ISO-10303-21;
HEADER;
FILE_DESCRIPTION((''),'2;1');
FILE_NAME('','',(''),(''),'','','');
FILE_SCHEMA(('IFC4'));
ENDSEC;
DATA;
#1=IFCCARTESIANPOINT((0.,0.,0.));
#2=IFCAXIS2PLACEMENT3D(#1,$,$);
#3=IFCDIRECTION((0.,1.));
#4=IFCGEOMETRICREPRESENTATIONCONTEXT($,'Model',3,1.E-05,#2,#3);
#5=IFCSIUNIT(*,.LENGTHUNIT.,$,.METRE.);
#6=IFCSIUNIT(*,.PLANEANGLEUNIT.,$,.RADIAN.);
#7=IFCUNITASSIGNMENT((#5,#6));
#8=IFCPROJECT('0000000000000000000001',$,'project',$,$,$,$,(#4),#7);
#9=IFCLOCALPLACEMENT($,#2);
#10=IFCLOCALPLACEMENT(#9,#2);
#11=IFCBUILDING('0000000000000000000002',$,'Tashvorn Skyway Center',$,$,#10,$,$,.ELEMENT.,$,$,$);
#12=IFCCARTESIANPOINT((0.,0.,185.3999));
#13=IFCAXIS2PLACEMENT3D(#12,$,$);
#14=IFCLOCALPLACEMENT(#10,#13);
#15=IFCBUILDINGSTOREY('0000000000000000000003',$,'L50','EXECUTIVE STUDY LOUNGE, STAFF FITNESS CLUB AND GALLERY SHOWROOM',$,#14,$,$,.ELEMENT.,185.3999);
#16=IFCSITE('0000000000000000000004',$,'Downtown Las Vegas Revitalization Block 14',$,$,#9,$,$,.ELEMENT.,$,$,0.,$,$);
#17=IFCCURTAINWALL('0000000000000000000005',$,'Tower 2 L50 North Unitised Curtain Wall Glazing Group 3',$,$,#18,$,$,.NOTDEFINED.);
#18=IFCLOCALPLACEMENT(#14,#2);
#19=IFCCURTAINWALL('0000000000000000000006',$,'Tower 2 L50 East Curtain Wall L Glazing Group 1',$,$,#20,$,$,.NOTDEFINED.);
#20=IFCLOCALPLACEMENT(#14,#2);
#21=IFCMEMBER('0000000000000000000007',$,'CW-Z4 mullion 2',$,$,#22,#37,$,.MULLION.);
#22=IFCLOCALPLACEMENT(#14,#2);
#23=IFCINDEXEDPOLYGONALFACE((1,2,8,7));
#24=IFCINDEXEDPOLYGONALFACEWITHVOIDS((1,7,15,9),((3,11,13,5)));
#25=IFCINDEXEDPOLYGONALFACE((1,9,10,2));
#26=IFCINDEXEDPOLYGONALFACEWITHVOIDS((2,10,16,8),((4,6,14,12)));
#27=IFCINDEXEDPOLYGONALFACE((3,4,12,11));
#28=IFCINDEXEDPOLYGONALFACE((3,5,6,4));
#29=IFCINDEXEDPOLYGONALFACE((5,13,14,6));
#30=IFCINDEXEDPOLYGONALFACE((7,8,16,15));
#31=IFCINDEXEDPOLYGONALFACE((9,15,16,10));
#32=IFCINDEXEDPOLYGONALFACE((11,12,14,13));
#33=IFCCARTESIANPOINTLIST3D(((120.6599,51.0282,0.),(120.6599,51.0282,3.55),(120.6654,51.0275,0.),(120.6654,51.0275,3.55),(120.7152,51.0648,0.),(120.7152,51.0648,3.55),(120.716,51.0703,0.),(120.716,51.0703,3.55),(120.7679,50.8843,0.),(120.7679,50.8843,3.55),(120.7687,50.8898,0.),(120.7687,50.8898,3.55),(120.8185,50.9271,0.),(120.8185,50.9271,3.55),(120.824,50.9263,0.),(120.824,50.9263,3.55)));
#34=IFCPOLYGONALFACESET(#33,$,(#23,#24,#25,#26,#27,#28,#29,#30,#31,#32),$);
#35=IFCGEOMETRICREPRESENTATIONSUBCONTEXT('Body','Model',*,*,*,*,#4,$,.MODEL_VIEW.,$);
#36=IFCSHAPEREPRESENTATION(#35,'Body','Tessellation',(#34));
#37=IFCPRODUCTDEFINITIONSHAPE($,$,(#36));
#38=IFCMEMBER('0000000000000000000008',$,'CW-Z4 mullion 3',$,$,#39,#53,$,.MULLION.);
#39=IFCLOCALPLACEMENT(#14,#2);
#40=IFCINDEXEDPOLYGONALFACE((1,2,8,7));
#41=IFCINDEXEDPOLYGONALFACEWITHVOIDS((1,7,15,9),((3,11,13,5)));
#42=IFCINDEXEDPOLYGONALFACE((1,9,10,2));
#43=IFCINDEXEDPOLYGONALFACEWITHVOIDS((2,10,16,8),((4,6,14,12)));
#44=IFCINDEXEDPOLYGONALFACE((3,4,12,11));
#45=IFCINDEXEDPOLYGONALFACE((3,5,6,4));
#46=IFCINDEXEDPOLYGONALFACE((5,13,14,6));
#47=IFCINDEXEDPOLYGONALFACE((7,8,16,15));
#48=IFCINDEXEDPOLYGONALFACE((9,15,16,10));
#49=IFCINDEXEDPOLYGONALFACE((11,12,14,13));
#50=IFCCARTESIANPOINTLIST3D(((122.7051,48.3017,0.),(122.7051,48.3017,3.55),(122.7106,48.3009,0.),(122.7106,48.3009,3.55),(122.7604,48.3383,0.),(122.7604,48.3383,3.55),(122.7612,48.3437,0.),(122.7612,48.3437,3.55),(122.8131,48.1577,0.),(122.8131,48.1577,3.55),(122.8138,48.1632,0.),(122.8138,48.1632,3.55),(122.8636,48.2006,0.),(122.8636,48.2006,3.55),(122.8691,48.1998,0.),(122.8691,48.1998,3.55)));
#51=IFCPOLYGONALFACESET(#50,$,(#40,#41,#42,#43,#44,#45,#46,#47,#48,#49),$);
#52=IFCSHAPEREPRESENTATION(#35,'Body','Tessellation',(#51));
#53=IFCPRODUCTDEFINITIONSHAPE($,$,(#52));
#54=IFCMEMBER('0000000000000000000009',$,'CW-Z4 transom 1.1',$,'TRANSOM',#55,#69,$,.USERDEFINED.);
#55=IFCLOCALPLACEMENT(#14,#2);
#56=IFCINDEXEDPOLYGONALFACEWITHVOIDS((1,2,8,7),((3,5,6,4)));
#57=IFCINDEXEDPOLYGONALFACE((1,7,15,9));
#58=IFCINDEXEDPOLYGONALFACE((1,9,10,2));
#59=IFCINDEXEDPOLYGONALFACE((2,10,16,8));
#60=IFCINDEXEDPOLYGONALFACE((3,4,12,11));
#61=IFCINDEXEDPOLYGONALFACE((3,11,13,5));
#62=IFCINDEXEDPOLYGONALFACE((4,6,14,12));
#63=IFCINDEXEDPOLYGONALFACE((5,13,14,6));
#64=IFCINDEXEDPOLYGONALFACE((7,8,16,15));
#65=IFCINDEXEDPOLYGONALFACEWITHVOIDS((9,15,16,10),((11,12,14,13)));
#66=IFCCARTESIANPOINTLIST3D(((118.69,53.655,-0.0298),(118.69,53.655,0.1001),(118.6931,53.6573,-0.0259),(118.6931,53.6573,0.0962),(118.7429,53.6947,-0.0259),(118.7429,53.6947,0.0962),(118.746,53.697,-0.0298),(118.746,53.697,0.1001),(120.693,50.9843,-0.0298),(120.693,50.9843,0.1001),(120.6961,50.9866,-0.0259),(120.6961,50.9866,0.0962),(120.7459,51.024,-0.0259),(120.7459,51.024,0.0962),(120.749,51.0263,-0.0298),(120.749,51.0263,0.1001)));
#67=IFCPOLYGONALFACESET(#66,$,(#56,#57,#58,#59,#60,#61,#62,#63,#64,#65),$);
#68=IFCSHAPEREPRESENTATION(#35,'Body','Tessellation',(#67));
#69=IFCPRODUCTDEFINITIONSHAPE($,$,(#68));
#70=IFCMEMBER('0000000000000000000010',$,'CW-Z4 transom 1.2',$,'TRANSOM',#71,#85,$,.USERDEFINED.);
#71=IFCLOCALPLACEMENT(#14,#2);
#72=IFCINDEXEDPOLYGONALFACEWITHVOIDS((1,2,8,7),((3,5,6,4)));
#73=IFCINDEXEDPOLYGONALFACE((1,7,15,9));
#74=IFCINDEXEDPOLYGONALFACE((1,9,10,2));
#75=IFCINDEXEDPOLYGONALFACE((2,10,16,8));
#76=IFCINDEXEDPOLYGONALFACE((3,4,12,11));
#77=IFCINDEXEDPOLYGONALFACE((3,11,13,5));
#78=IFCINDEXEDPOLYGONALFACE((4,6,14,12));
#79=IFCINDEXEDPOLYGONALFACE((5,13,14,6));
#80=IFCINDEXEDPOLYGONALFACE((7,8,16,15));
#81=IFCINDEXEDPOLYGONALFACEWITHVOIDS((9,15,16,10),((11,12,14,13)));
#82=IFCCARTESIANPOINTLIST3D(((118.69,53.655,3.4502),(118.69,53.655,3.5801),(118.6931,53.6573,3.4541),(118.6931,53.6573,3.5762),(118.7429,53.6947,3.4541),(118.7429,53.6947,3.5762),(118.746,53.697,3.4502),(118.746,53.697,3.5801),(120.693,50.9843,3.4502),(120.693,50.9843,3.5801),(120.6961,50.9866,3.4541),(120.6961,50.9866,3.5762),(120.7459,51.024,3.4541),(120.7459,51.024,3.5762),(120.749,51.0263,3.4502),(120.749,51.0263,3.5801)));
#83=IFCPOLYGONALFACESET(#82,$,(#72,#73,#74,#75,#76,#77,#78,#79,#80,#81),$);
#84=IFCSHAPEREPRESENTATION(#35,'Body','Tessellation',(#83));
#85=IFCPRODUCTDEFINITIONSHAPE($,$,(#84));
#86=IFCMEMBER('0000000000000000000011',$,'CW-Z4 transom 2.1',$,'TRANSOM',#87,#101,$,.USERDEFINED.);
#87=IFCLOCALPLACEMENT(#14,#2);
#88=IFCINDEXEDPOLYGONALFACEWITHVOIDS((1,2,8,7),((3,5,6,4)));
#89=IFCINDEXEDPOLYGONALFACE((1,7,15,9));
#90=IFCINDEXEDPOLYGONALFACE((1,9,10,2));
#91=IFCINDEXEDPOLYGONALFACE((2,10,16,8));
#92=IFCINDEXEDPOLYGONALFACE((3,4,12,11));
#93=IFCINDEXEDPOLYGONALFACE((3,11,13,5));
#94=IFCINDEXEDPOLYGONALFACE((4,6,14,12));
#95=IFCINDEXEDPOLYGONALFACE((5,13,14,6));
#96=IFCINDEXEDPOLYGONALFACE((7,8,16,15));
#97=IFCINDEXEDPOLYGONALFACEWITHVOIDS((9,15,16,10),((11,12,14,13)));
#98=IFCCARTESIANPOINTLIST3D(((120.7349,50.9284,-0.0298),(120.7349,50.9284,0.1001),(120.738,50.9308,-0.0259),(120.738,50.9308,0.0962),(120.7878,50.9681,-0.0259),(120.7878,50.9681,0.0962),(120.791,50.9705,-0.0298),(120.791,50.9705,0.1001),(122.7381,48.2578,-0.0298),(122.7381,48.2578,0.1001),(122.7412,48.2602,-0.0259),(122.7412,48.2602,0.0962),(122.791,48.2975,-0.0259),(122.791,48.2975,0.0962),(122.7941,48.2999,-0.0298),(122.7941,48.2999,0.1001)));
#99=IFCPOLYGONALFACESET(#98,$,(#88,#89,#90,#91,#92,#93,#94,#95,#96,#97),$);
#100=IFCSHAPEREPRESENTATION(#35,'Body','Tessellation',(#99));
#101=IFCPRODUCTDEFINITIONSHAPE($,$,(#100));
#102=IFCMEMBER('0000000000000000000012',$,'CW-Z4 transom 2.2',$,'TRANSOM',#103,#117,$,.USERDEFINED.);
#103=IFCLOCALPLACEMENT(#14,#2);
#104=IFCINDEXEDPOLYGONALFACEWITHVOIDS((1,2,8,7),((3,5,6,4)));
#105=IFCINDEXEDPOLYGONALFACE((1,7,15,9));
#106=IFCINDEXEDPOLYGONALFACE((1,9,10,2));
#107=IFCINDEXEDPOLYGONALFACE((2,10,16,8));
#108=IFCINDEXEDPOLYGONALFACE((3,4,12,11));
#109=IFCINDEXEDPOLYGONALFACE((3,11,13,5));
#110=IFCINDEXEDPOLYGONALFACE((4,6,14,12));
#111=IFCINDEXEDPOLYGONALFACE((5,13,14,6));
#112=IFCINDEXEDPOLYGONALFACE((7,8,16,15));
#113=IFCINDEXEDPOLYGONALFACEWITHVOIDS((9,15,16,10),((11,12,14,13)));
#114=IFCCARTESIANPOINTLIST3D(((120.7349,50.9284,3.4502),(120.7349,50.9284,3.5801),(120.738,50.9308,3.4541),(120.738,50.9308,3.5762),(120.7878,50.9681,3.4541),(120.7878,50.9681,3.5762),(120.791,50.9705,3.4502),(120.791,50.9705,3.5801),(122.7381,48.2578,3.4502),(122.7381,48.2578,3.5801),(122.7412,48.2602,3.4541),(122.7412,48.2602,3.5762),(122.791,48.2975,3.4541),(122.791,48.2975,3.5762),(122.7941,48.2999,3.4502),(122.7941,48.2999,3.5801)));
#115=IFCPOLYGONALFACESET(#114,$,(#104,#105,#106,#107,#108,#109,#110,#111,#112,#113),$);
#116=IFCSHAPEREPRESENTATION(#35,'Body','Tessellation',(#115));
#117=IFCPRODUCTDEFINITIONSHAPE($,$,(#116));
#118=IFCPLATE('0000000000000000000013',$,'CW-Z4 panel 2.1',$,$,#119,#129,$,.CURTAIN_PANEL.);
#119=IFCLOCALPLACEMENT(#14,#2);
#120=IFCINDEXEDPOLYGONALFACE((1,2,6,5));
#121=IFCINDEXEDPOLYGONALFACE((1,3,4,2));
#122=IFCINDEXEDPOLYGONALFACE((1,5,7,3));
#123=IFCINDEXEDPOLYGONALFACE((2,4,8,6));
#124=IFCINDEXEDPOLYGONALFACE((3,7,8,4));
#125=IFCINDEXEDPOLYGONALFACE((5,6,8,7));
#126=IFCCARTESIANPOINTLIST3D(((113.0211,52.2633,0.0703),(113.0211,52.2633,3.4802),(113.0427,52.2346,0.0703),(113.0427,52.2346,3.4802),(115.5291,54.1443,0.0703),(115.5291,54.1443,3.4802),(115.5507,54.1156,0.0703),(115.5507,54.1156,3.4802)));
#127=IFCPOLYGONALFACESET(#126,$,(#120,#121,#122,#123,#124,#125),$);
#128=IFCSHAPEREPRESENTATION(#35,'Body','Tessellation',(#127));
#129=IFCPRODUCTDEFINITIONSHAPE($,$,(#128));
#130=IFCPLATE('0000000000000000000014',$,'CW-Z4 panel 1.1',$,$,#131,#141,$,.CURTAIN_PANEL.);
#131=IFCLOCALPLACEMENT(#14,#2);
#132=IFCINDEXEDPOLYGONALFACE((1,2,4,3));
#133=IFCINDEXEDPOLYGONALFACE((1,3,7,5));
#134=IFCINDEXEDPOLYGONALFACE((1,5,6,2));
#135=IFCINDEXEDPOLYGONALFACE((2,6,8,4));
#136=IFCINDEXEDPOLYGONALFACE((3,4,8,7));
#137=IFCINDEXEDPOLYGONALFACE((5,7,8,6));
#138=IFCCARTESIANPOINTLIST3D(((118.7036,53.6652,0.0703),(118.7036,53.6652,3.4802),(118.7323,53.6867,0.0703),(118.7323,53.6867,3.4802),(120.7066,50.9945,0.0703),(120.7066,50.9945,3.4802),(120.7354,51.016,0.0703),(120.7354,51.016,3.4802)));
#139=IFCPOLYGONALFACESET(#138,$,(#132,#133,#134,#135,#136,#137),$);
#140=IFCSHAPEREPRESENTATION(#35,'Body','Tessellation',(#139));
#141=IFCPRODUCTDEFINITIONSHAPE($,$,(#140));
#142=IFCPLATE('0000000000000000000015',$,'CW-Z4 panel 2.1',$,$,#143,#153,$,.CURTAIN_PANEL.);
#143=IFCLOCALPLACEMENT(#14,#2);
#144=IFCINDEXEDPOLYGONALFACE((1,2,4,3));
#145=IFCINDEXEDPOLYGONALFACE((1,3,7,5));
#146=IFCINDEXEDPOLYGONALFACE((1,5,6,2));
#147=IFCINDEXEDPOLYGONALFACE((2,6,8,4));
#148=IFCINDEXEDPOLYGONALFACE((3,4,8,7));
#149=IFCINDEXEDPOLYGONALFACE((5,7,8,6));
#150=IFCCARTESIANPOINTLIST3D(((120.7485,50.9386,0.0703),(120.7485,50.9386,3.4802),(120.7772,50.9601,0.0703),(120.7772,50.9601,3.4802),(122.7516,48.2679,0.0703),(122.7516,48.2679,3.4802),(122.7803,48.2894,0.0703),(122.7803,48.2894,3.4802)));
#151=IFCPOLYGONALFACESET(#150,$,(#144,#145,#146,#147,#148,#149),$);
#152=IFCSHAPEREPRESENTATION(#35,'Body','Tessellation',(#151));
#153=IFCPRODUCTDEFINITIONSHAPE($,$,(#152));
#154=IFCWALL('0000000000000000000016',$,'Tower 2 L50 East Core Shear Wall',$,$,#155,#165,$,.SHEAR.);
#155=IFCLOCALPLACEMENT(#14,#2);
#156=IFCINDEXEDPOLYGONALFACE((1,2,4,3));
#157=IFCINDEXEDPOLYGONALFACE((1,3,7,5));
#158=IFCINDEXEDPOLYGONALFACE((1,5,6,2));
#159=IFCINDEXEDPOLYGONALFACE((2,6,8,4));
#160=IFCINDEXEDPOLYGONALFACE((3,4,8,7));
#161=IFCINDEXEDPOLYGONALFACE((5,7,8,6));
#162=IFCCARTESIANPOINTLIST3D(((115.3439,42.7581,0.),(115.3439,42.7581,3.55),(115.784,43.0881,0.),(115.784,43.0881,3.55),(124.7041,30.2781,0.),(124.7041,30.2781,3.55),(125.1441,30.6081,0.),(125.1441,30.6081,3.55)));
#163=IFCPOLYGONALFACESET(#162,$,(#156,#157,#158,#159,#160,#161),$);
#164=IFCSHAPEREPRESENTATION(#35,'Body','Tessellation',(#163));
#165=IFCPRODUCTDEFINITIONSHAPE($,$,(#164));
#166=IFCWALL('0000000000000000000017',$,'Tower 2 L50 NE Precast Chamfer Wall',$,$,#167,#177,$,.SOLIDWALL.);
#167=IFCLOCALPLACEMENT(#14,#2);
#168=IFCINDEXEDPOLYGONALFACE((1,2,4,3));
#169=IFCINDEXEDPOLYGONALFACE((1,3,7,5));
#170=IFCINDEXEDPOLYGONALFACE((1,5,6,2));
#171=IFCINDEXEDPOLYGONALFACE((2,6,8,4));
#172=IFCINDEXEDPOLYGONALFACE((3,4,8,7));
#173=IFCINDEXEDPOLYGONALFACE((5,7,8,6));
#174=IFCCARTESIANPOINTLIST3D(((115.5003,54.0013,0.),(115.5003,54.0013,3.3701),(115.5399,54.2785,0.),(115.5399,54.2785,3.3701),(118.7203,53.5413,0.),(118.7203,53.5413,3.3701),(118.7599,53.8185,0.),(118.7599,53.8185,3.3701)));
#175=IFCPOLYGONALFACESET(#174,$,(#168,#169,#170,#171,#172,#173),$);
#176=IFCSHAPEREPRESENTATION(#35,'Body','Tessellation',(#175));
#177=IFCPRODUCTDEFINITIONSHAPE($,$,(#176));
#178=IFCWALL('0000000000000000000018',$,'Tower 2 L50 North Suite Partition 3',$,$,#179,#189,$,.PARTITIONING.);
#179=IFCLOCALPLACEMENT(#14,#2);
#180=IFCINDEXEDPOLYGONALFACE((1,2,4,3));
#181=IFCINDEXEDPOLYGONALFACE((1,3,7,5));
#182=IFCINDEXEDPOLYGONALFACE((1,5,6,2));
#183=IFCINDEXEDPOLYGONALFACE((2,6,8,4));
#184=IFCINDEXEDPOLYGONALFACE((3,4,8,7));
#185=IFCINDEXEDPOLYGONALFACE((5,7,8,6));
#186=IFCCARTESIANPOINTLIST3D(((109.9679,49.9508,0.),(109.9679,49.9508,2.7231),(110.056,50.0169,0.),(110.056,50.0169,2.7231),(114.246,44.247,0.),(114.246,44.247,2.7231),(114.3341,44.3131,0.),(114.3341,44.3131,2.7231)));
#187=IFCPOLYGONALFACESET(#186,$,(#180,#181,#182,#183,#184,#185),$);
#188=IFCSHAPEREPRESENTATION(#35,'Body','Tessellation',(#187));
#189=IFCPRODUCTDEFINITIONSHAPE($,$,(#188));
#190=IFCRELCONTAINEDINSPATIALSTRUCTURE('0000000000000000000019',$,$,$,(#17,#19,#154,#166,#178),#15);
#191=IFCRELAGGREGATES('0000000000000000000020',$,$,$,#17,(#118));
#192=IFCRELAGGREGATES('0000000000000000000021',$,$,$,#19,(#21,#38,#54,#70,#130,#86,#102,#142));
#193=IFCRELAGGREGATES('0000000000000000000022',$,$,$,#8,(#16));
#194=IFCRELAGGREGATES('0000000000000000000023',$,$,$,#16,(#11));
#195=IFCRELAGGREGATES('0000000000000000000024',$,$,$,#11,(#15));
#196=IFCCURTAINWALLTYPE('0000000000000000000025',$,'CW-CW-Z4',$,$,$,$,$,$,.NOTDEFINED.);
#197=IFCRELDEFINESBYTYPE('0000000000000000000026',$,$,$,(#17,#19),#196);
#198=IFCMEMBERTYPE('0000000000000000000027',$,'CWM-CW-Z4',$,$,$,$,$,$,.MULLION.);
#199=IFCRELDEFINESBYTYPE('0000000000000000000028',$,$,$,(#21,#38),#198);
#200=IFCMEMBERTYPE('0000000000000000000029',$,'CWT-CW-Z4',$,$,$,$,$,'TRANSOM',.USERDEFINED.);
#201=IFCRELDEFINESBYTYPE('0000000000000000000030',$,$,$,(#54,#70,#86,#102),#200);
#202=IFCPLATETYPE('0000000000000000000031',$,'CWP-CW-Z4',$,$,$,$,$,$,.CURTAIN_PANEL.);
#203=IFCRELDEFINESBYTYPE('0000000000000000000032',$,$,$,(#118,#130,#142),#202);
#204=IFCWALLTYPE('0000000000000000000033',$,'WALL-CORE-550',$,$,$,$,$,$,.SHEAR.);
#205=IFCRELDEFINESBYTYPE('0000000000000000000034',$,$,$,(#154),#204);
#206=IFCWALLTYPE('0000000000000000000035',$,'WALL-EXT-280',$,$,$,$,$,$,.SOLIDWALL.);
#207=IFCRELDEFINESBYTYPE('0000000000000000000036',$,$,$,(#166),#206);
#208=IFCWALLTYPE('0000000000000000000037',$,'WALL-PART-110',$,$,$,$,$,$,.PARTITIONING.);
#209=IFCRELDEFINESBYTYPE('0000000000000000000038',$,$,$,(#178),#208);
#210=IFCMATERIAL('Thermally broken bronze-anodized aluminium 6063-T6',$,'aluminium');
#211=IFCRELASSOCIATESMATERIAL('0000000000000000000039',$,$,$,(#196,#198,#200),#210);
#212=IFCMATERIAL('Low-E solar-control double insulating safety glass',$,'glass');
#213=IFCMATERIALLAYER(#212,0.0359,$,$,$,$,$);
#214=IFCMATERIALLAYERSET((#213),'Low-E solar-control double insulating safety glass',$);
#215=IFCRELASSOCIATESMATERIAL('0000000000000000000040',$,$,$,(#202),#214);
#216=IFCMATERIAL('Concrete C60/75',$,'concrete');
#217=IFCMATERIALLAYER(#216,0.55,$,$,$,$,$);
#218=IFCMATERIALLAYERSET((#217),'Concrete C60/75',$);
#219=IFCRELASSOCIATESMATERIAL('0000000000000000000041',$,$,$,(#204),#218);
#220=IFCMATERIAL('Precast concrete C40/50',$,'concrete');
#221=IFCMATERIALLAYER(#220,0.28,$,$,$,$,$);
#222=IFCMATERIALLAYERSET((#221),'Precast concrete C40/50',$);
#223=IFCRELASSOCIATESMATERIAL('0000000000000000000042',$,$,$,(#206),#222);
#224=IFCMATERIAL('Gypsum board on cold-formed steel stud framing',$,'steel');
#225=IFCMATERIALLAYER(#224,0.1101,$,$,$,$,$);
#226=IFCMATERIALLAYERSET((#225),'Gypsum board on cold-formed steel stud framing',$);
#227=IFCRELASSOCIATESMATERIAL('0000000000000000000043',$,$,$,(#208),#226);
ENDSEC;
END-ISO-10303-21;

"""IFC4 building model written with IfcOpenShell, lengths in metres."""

from ifc_helpers import new_model, si_unit, direction, frame, frame_2d, origin, origin_2d, place, context, subcontext, project, spatial, rectangle, hollow_rectangle, extrude, material, layer, layer_set, material_profile, profile_set, type_object, element, aggregate, save


model = new_model("IFC4")

# Units and contexts
model_context = context("Model", 3, precision=1e-05, world=origin(), true_north=direction((0.0, 1.0)))
body_context = subcontext(model_context, "Body", "Model", "MODEL_VIEW")
ifc_project = project(units=[si_unit("LENGTHUNIT", "METRE"), si_unit("PLANEANGLEUNIT", "RADIAN")], contexts=[model_context])

# Site, building, storey
site_placement = place(None, origin())
site = spatial("IfcSite", under=ifc_project, at=site_placement, Name="Downtown Las Vegas Revitalization Block 14", CompositionType="ELEMENT", RefElevation=0.0)
building_placement = place(site_placement, origin())
building = spatial("IfcBuilding", under=site, at=building_placement, Name="Tashvorn Skyway Center", CompositionType="ELEMENT")
storey_placement = place(building_placement, frame((0.0, 0.0, 185.3999)))
storey = spatial("IfcBuildingStorey", under=building, at=storey_placement, Name="L50", Description="EXECUTIVE STUDY LOUNGE, STAFF FITNESS CLUB AND GALLERY SHOWROOM", CompositionType="ELEMENT", Elevation=185.3999)

# Curtain wall
ifc_material_1 = material(Name="Thermally broken bronze-anodized aluminium 6063-T6", Category="aluminium")
curtain_wall_type = type_object("IfcCurtainWallType", Name="CW-CW-Z4", PredefinedType="NOTDEFINED", material=ifc_material_1)
curtain_wall_1_placement = place(storey_placement, origin())
curtain_wall_1 = element("IfcCurtainWall", 1, at=curtain_wall_1_placement, inside=storey, type_object=curtain_wall_type, Name="Tower 2 L50 North Unitised Curtain Wall Glazing Group 3", PredefinedType="NOTDEFINED")
ifc_material_profile_1 = material_profile(ifc_material_1, hollow_rectangle(XDim=0.0701, YDim=0.1799, WallThickness=0.0039, at=origin_2d()), Name="ALU-MULL-70x180")
ifc_profile_set_1 = profile_set([ifc_material_profile_1], Name="Thermally broken bronze-anodized aluminium 6063-T6")
member_type_1 = type_object("IfcMemberType", Name="CWM-CW-Z4", PredefinedType="MULLION", material=ifc_profile_set_1)

# Curtain wall, members
curtain_wall_2_placement = place(storey_placement, origin())
curtain_wall_2 = element("IfcCurtainWall", 2, at=curtain_wall_2_placement, inside=storey, type_object=curtain_wall_type, Name="Tower 2 L50 East Curtain Wall L Glazing Group 1", PredefinedType="NOTDEFINED")
member_1_placement = place(storey_placement, frame((120.7419, 50.9773, 0.0), z_axis=(0.0, 0.0, 1.0), x_axis=(0.799998, 0.600002, 0.0)))
member_1 = element("IfcMember", 3, at=member_1_placement, type_object=member_type_1, Name="CW-Z4 mullion 2", PredefinedType="MULLION", context=body_context, shape_type="SweptSolid", body=[
    extrude(hollow_rectangle(XDim=0.0701, YDim=0.1799, WallThickness=0.0039, at=origin_2d()), origin(), (0.0, 0.0, 1.0), 3.55),
])
member_2_placement = place(storey_placement, frame((122.7871, 48.2507, 0.0), z_axis=(0.0, 0.0, 1.0), x_axis=(0.799998, 0.600002, 0.0)))
member_2 = element("IfcMember", 4, at=member_2_placement, type_object=member_type_1, Name="CW-Z4 mullion 3", PredefinedType="MULLION", context=body_context, shape_type="SweptSolid", body=[
    extrude(hollow_rectangle(XDim=0.0701, YDim=0.1799, WallThickness=0.0039, at=origin_2d()), origin(), (0.0, 0.0, 1.0), 3.55),
])
ifc_material_profile_2 = material_profile(ifc_material_1, hollow_rectangle(XDim=0.0701, YDim=0.1299, WallThickness=0.0039, at=origin_2d()), Name="ALU-TRAN-70x130")
ifc_profile_set_2 = profile_set([ifc_material_profile_2], Name="Thermally broken bronze-anodized aluminium 6063-T6")
member_type_2 = type_object("IfcMemberType", Name="CWT-CW-Z4", ElementType="TRANSOM", PredefinedType="USERDEFINED", material=ifc_profile_set_2)
member_3_placement = place(storey_placement, frame((118.718, 53.676, 0.0352), z_axis=(0.599988, -0.800009, 0.0), x_axis=(0.800009, 0.599988, 0.0)))
member_3 = element("IfcMember", 5, at=member_3_placement, type_object=member_type_2, Name="CW-Z4 transom 1.1", ObjectType="TRANSOM", PredefinedType="USERDEFINED", context=body_context, shape_type="SweptSolid", body=[
    extrude(hollow_rectangle(XDim=0.0701, YDim=0.1299, WallThickness=0.0039, at=origin_2d()), origin(), (0.0, 0.0, 1.0), 3.3384),
])
member_4_placement = place(storey_placement, frame((118.718, 53.676, 3.5151), z_axis=(0.599988, -0.800009, 0.0), x_axis=(0.800009, 0.599988, 0.0)))
member_4 = element("IfcMember", 6, at=member_4_placement, type_object=member_type_2, Name="CW-Z4 transom 1.2", ObjectType="TRANSOM", PredefinedType="USERDEFINED", context=body_context, shape_type="SweptSolid", body=[
    extrude(hollow_rectangle(XDim=0.0701, YDim=0.1299, WallThickness=0.0039, at=origin_2d()), origin(), (0.0, 0.0, 1.0), 3.3384),
])
member_5_placement = place(storey_placement, frame((120.7629, 50.9495, 0.0352), z_axis=(0.600035, -0.799974, 0.0), x_axis=(0.799974, 0.600035, 0.0)))
member_5 = element("IfcMember", 7, at=member_5_placement, type_object=member_type_2, Name="CW-Z4 transom 2.1", ObjectType="TRANSOM", PredefinedType="USERDEFINED", context=body_context, shape_type="SweptSolid", body=[
    extrude(hollow_rectangle(XDim=0.0701, YDim=0.1299, WallThickness=0.0039, at=origin_2d()), origin(), (0.0, 0.0, 1.0), 3.3384),
])
member_6_placement = place(storey_placement, frame((120.7629, 50.9495, 3.5151), z_axis=(0.600035, -0.799974, 0.0), x_axis=(0.799974, 0.600035, 0.0)))
member_6 = element("IfcMember", 8, at=member_6_placement, type_object=member_type_2, Name="CW-Z4 transom 2.2", ObjectType="TRANSOM", PredefinedType="USERDEFINED", context=body_context, shape_type="SweptSolid", body=[
    extrude(hollow_rectangle(XDim=0.0701, YDim=0.1299, WallThickness=0.0039, at=origin_2d()), origin(), (0.0, 0.0, 1.0), 3.3384),
])

# Plates
ifc_material_2 = material(Name="Low-E solar-control double insulating safety glass", Category="glass")
ifc_layer_1 = layer(ifc_material_2, 0.0359)
ifc_layer_set_1 = layer_set([ifc_layer_1], Name="Low-E solar-control double insulating safety glass")
plate_type = type_object("IfcPlateType", Name="CWP-CW-Z4", PredefinedType="CURTAIN_PANEL", material=ifc_layer_set_1)
plate_1_placement = place(storey_placement, frame((114.2859, 53.1895, 0.0703), z_axis=(0.0, 0.0, 1.0), x_axis=(0.8, 0.6, 0.0)))
plate_1 = element("IfcPlate", 9, at=plate_1_placement, type_object=plate_type, Name="CW-Z4 panel 2.1", PredefinedType="CURTAIN_PANEL", context=body_context, shape_type="SweptSolid", body=[
    extrude(rectangle(XDim=3.135, YDim=0.0359, at=origin_2d()), origin(), (0.0, 0.0, 1.0), 3.4099),
])
aggregate(curtain_wall_1, [plate_1])
plate_2_placement = place(storey_placement, frame((119.7195, 52.3406, 0.0703), z_axis=(0.0, 0.0, 1.0), x_axis=(0.600002, -0.799998, 0.0)))
plate_2 = element("IfcPlate", 10, at=plate_2_placement, type_object=plate_type, Name="CW-Z4 panel 1.1", PredefinedType="CURTAIN_PANEL", context=body_context, shape_type="SweptSolid", body=[
    extrude(rectangle(XDim=3.3384, YDim=0.0359, at=origin_2d()), origin(), (0.0, 0.0, 1.0), 3.4099),
])
plate_3_placement = place(storey_placement, frame((121.7644, 49.614, 0.0703), z_axis=(0.0, 0.0, 1.0), x_axis=(0.600002, -0.799998, 0.0)))
plate_3 = element("IfcPlate", 11, at=plate_3_placement, type_object=plate_type, Name="CW-Z4 panel 2.1", PredefinedType="CURTAIN_PANEL", context=body_context, shape_type="SweptSolid", body=[
    extrude(rectangle(XDim=3.3384, YDim=0.0359, at=origin_2d()), origin(), (0.0, 0.0, 1.0), 3.4099),
])
aggregate(curtain_wall_2, [member_1, member_2, member_3, member_4, plate_2, member_5, member_6, plate_3])

# Wall
ifc_material_3 = material(Name="Concrete C60/75", Category="concrete")
ifc_layer_2 = layer(ifc_material_3, 0.55)
ifc_layer_set_2 = layer_set([ifc_layer_2], Name="Concrete C60/75")
wall_type_1 = type_object("IfcWallType", Name="WALL-CORE-550", PredefinedType="SHEAR", material=ifc_layer_set_2)
wall_1_placement = place(storey_placement, frame((115.564, 42.9231, 0.0), z_axis=(0.0, 0.0, 1.0), x_axis=(0.600005, -0.799996, 0.0)))
element("IfcWall", 12, at=wall_1_placement, inside=storey, type_object=wall_type_1, Name="Tower 2 L50 East Core Shear Wall", PredefinedType="SHEAR", context=body_context, shape_type="SweptSolid", body=[
    extrude(rectangle(XDim=15.6001, YDim=0.55, at=frame_2d((7.8, 0.0))), origin(), (0.0, 0.0, 1.0), 3.55),
])

# Shared definitions
ifc_material_4 = material(Name="Precast concrete C40/50", Category="concrete")
ifc_layer_3 = layer(ifc_material_4, 0.28)
ifc_layer_set_3 = layer_set([ifc_layer_3], Name="Precast concrete C40/50")
wall_type_2 = type_object("IfcWallType", Name="WALL-EXT-280", PredefinedType="SOLIDWALL", material=ifc_layer_set_3)

# Walls
wall_2_placement = place(storey_placement, frame((115.52, 54.1399, 0.0), z_axis=(0.0, 0.0, 1.0), x_axis=(0.989951, -0.141411, 0.0)))
element("IfcWall", 13, at=wall_2_placement, inside=storey, type_object=wall_type_2, Name="Tower 2 L50 NE Precast Chamfer Wall", PredefinedType="SOLIDWALL", context=body_context, shape_type="SweptSolid", body=[
    extrude(rectangle(XDim=3.2527, YDim=0.28, at=frame_2d((1.6265, 0.0))), origin(), (0.0, 0.0, 1.0), 3.3701),
])
ifc_material_5 = material(Name="Gypsum board on cold-formed steel stud framing", Category="steel")
ifc_layer_4 = layer(ifc_material_5, 0.1101)
ifc_layer_set_4 = layer_set([ifc_layer_4], Name="Gypsum board on cold-formed steel stud framing")
wall_type_3 = type_object("IfcWallType", Name="WALL-PART-110", PredefinedType="PARTITIONING", material=ifc_layer_set_4)
wall_3_placement = place(storey_placement, frame((114.29, 44.28, 0.0), z_axis=(0.0, 0.0, 1.0), x_axis=(-0.600016, 0.799988, 0.0)))
element("IfcWall", 14, at=wall_3_placement, inside=storey, type_object=wall_type_3, Name="Tower 2 L50 North Suite Partition 3", PredefinedType="PARTITIONING", context=body_context, shape_type="SweptSolid", body=[
    extrude(rectangle(XDim=7.1299, YDim=0.1101, at=frame_2d((3.5649, 0.0))), origin(), (0.0, 0.0, 1.0), 2.7231),
])

save(model, "model.ifc")
